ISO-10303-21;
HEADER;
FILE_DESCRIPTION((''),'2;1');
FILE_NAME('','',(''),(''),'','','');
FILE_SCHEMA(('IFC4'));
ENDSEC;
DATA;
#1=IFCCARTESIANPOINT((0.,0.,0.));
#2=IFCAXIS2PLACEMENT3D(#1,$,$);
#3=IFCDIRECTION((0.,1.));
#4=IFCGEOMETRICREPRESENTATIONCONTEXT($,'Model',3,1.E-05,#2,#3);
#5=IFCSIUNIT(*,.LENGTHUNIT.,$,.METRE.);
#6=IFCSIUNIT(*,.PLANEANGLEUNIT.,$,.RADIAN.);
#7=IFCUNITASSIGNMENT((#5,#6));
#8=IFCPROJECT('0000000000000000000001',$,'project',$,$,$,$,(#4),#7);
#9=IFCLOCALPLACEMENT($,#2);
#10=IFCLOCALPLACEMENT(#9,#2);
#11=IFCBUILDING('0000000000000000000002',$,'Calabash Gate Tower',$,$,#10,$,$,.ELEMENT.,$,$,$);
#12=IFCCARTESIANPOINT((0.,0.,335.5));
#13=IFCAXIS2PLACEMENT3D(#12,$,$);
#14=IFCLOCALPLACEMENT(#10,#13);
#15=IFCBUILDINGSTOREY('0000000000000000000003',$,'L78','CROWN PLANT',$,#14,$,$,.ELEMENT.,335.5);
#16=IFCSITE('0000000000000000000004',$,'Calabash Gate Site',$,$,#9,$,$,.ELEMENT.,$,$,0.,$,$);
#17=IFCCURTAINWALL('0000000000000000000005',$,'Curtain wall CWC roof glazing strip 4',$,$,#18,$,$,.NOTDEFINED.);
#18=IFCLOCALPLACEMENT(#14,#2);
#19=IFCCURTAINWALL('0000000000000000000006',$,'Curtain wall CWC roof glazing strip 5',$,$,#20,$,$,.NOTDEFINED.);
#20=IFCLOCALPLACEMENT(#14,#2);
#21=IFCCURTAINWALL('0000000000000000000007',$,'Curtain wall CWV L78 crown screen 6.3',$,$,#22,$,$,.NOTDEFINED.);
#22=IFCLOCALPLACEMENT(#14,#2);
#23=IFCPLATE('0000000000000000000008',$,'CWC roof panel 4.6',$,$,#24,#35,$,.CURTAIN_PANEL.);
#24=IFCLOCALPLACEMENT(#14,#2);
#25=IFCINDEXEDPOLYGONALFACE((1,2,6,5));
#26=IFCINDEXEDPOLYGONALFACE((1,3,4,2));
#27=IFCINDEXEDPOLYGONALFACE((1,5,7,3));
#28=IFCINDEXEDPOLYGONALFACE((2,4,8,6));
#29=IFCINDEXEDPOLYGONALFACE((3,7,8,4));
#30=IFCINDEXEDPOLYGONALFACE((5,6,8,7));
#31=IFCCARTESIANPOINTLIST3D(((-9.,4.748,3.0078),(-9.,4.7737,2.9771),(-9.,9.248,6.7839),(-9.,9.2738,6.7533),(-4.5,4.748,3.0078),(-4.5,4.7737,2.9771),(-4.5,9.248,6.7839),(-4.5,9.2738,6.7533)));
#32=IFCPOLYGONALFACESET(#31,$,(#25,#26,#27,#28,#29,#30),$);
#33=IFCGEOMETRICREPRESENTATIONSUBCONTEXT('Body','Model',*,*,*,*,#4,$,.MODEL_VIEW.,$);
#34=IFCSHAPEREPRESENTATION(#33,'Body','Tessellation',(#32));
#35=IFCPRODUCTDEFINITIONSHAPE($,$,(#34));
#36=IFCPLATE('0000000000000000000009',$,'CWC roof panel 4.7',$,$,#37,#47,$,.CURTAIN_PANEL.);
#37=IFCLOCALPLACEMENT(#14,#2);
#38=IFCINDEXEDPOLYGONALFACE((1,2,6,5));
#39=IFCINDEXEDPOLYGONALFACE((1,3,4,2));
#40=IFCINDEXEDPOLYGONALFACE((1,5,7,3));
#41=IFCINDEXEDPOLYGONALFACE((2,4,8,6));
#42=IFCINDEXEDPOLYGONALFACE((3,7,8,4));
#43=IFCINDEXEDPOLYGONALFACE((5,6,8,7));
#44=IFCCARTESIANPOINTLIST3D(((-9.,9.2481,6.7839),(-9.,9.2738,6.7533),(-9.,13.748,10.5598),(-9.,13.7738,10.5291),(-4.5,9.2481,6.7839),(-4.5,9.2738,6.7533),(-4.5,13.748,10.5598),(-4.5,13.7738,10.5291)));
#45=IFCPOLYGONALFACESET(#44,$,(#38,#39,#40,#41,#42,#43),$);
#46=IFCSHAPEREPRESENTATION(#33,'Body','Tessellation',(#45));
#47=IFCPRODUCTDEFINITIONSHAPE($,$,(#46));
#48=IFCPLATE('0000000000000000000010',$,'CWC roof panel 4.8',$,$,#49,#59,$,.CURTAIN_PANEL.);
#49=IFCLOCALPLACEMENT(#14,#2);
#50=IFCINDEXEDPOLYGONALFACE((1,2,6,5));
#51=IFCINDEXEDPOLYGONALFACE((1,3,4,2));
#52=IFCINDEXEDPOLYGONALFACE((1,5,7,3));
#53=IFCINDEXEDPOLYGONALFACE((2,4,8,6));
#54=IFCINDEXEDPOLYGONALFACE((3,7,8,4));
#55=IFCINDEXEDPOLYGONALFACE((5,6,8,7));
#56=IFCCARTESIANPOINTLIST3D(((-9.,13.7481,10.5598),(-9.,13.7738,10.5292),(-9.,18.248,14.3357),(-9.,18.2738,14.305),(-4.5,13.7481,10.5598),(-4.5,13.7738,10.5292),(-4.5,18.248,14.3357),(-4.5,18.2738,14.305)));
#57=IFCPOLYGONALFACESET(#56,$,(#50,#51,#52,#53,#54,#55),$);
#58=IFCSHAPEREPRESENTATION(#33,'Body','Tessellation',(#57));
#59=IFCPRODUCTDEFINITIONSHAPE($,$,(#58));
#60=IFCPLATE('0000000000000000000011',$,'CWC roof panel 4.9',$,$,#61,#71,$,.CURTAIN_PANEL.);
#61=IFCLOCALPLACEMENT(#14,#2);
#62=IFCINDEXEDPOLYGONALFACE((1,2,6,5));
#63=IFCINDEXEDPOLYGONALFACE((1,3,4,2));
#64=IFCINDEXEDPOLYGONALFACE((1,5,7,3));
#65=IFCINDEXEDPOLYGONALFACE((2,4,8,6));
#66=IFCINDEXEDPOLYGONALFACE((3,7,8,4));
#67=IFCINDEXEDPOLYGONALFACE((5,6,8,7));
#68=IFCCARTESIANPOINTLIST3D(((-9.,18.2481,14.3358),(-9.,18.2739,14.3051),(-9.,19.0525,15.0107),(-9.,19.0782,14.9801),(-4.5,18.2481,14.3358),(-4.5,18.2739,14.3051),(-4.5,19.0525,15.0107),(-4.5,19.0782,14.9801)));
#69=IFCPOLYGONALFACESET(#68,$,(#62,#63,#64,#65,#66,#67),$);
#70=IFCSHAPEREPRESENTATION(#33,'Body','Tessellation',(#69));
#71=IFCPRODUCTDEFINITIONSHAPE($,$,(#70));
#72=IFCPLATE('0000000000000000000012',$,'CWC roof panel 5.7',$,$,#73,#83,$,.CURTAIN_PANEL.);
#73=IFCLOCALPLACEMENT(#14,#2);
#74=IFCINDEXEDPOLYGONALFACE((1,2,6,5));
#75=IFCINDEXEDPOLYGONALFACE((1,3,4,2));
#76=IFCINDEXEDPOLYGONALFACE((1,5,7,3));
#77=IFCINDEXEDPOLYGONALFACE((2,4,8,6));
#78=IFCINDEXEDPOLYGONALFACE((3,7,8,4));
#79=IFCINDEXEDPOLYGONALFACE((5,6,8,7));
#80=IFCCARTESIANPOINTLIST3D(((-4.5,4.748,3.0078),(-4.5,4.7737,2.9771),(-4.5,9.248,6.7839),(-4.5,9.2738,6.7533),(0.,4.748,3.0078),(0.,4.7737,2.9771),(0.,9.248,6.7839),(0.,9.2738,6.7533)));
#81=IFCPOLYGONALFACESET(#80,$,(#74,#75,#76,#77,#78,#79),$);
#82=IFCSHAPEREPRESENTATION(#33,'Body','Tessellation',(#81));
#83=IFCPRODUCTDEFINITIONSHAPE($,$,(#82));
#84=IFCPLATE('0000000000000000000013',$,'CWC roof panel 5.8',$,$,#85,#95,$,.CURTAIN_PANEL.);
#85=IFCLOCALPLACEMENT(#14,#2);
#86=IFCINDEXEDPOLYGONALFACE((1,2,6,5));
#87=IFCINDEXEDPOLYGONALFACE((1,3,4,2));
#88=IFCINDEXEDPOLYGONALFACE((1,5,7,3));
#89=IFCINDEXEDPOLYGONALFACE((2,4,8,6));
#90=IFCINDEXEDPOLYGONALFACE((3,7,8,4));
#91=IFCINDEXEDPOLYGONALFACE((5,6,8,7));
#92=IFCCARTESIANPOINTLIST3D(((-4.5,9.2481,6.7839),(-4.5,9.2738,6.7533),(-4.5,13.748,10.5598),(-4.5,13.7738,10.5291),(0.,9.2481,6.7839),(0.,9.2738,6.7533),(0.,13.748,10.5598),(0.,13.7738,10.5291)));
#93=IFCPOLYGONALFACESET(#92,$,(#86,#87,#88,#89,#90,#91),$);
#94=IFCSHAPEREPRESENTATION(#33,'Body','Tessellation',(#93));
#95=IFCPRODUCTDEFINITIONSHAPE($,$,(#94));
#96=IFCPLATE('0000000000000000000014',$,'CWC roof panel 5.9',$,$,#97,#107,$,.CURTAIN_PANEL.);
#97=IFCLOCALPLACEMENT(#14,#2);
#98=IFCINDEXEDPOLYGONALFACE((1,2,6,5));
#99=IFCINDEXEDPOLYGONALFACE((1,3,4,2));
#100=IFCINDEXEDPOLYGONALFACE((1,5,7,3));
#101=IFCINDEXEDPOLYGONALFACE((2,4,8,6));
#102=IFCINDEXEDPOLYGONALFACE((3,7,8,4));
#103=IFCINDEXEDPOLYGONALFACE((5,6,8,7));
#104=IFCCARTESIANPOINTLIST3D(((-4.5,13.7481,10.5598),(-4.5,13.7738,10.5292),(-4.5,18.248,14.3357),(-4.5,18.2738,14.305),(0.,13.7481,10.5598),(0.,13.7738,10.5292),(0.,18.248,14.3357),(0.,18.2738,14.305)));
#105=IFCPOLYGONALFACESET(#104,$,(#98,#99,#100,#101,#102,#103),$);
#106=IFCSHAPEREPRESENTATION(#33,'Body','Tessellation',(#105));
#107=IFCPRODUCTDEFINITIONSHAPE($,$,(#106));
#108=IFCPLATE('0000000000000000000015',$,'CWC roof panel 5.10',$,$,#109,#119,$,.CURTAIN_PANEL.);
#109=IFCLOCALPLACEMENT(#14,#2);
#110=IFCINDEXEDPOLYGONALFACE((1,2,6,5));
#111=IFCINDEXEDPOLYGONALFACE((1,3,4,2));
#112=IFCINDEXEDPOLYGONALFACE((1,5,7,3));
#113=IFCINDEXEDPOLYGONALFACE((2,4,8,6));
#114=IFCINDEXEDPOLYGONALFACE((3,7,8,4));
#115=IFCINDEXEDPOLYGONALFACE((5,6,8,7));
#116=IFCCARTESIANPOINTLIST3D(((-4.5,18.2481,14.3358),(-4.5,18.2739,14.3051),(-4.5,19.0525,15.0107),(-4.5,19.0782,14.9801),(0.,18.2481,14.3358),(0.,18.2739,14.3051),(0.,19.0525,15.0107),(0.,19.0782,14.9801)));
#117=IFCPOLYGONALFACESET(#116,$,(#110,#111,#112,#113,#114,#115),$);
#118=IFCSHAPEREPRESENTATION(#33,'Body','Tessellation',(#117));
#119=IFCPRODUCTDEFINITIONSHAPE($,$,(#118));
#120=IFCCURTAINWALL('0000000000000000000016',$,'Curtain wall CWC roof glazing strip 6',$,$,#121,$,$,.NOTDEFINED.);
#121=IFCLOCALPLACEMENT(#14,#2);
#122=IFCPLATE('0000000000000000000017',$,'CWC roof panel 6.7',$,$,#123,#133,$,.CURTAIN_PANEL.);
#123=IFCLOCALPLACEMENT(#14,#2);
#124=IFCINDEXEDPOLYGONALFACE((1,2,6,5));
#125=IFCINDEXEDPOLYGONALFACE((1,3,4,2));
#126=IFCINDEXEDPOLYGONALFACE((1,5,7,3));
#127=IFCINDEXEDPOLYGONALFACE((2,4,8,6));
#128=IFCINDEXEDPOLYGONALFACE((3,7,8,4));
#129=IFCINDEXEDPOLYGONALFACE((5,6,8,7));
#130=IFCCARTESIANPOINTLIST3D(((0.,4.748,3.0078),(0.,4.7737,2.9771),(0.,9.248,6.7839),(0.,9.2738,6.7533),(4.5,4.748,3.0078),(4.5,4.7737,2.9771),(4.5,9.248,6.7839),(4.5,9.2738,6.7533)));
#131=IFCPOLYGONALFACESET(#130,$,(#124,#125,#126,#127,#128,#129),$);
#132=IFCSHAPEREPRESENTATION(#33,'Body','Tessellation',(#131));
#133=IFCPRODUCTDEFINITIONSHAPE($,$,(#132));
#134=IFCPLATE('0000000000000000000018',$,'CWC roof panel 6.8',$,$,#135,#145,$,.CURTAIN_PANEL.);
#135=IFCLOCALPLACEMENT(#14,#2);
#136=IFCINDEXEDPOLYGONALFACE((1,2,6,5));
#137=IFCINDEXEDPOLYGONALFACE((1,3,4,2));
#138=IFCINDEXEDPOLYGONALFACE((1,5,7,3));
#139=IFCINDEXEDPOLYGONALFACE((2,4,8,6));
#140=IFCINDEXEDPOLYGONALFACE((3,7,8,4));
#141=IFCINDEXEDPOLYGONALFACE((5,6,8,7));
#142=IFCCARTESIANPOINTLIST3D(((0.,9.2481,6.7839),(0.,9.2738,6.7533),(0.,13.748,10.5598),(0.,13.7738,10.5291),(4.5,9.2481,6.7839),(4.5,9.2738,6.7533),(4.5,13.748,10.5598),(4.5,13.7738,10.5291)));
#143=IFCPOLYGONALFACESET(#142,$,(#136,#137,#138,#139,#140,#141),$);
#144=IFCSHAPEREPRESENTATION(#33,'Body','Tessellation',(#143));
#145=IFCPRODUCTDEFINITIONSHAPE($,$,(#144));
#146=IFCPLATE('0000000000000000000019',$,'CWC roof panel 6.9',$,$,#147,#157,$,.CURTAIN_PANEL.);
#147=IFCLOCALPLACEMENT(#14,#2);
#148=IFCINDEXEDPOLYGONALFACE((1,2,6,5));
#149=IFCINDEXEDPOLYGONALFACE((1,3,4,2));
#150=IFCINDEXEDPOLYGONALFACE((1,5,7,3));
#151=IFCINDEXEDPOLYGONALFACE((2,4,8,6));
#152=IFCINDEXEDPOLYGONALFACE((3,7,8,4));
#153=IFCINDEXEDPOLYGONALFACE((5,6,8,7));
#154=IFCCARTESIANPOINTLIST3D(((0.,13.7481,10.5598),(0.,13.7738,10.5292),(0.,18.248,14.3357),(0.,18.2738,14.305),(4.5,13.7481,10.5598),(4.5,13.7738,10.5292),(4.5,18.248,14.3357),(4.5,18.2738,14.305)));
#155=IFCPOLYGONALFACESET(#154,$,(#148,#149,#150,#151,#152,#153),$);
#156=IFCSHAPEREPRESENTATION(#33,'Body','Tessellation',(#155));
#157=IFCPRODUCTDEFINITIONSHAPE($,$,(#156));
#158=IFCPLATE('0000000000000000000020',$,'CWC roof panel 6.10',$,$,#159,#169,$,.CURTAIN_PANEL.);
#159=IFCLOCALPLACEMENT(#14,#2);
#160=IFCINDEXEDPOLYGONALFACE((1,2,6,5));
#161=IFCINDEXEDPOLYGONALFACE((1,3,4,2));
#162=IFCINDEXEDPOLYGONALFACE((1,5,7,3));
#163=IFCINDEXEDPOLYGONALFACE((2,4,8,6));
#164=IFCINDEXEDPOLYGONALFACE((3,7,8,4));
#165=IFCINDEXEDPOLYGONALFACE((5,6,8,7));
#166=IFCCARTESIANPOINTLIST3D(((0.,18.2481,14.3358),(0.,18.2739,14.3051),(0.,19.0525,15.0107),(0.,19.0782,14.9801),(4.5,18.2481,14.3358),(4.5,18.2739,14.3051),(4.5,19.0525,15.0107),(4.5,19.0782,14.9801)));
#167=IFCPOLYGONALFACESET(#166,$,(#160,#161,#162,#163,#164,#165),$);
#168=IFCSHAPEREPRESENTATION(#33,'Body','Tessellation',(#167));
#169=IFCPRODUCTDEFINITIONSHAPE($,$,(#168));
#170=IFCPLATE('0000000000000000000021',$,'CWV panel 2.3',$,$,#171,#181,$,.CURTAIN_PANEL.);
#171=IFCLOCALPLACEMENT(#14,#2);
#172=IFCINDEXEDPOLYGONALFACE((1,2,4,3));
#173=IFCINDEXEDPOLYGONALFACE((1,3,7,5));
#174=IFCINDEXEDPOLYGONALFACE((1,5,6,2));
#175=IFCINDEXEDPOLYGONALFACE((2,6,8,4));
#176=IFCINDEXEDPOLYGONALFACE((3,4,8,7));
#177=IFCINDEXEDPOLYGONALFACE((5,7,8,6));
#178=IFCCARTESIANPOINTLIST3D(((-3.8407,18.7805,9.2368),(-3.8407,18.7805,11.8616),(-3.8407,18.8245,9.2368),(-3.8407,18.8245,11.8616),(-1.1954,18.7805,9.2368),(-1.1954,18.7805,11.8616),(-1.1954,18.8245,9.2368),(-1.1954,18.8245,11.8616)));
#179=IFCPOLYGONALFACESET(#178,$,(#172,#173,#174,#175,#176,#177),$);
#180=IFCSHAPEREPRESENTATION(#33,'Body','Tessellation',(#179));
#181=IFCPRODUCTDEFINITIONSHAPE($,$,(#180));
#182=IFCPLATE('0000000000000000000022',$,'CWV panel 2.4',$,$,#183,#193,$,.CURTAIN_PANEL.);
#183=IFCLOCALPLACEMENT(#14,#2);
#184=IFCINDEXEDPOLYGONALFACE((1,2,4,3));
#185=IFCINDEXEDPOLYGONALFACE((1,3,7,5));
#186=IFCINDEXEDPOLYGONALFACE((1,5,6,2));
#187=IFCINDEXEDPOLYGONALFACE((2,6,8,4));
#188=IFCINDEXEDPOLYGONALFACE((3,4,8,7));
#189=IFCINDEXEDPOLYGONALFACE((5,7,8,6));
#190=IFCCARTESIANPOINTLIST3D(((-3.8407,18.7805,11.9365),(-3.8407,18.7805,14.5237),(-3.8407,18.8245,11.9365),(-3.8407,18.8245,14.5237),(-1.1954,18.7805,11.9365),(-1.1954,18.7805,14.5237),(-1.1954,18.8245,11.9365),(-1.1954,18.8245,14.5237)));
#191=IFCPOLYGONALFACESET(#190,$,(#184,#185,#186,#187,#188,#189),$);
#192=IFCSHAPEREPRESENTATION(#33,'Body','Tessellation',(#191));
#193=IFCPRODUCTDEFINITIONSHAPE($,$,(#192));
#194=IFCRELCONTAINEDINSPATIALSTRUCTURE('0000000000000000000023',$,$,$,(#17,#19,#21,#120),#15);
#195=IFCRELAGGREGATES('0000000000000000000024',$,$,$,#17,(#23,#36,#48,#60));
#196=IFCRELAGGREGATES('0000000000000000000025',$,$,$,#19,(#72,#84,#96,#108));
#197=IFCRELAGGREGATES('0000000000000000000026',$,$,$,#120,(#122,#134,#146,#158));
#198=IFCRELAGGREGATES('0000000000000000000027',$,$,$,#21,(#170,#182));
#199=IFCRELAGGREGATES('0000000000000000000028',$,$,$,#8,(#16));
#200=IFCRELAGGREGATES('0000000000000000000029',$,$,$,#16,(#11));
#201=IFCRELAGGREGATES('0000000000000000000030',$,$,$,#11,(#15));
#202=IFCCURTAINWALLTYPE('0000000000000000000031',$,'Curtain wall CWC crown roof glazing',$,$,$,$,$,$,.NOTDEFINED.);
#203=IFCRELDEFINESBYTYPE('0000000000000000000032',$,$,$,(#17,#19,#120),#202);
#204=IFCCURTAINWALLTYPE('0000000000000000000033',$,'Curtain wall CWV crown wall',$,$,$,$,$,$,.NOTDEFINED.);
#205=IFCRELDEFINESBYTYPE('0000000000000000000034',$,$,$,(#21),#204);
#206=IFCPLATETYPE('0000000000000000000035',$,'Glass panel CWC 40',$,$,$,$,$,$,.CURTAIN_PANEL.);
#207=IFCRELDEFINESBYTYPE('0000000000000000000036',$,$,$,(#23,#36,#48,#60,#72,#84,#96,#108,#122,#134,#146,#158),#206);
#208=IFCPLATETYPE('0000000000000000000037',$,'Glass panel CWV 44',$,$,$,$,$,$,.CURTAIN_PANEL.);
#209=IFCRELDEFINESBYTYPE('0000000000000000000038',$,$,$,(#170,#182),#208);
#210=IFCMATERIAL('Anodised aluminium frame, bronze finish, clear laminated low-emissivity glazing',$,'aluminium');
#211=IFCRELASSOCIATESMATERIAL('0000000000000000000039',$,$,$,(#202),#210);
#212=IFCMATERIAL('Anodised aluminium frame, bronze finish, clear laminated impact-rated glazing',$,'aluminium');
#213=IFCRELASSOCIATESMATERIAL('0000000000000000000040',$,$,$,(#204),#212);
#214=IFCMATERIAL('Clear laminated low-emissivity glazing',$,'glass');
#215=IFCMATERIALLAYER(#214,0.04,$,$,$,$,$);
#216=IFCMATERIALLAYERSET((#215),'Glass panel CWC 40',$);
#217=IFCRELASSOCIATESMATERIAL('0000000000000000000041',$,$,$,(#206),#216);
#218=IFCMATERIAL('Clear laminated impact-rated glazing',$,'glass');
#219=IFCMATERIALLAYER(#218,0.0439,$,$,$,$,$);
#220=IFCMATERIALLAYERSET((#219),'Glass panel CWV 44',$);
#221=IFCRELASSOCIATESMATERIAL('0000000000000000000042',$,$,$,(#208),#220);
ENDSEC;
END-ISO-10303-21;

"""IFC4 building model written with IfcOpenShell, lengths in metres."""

from ifc_helpers import new_model, si_unit, direction, frame, origin, origin_2d, place, context, subcontext, project, spatial, polyline, rectangle, outline, extrude, material, layer, layer_set, type_object, element, aggregate, save


model = new_model("IFC4")

# Units and contexts
model_context = context("Model", 3, precision=1e-05, world=origin(), true_north=direction((0.0, 1.0)))
body_context = subcontext(model_context, "Body", "Model", "MODEL_VIEW")
ifc_project = project(units=[si_unit("LENGTHUNIT", "METRE"), si_unit("PLANEANGLEUNIT", "RADIAN")], contexts=[model_context])

# Site, building, storey
site_placement = place(None, origin())
site = spatial("IfcSite", under=ifc_project, at=site_placement, Name="Calabash Gate Site", CompositionType="ELEMENT", RefElevation=0.0)
building_placement = place(site_placement, origin())
building = spatial("IfcBuilding", under=site, at=building_placement, Name="Calabash Gate Tower", CompositionType="ELEMENT")
storey_placement = place(building_placement, frame((0.0, 0.0, 335.5)))
storey = spatial("IfcBuildingStorey", under=building, at=storey_placement, Name="L78", Description="CROWN PLANT", CompositionType="ELEMENT", Elevation=335.5)

# Curtain walls
ifc_material_1 = material(Name="Anodised aluminium frame, bronze finish, clear laminated low-emissivity glazing", Category="aluminium")
curtain_wall_type_1 = type_object("IfcCurtainWallType", Name="Curtain wall CWC crown roof glazing", PredefinedType="NOTDEFINED", material=ifc_material_1)
curtain_wall_1_placement = place(storey_placement, origin())
curtain_wall_1 = element("IfcCurtainWall", 1, at=curtain_wall_1_placement, inside=storey, type_object=curtain_wall_type_1, Name="Curtain wall CWC roof glazing strip 4", PredefinedType="NOTDEFINED")
curtain_wall_2_placement = place(storey_placement, origin())
curtain_wall_2 = element("IfcCurtainWall", 2, at=curtain_wall_2_placement, inside=storey, type_object=curtain_wall_type_1, Name="Curtain wall CWC roof glazing strip 5", PredefinedType="NOTDEFINED")
ifc_material_2 = material(Name="Anodised aluminium frame, bronze finish, clear laminated impact-rated glazing", Category="aluminium")
curtain_wall_type_2 = type_object("IfcCurtainWallType", Name="Curtain wall CWV crown wall", PredefinedType="NOTDEFINED", material=ifc_material_2)
curtain_wall_3_placement = place(storey_placement, origin())
curtain_wall_3 = element("IfcCurtainWall", 3, at=curtain_wall_3_placement, inside=storey, type_object=curtain_wall_type_2, Name="Curtain wall CWV L78 crown screen 6.3", PredefinedType="NOTDEFINED")

# Plates
ifc_material_3 = material(Name="Clear laminated low-emissivity glazing", Category="glass")
ifc_layer_1 = layer(ifc_material_3, 0.04)
ifc_layer_set_1 = layer_set([ifc_layer_1], Name="Glass panel CWC 40")
plate_type_1 = type_object("IfcPlateType", Name="Glass panel CWC 40", PredefinedType="CURTAIN_PANEL", material=ifc_layer_set_1)
plate_1_placement = place(storey_placement, frame((-9.0, 9.248, 6.7839), z_axis=(0.0, -0.642805, 0.76603), x_axis=(1.0, 0.0, 0.0)))
plate_1 = element("IfcPlate", 4, at=plate_1_placement, type_object=plate_type_1, Name="CWC roof panel 4.6", PredefinedType="CURTAIN_PANEL", context=body_context, shape_type="SweptSolid", body=[
    extrude(outline(polyline([(0.0, 0.0), (4.5, 0.0), (4.5, -5.8745), (0.0, -5.8745), (0.0, 0.0)])), origin(), (0.0, 0.0, -1.0), 0.04),
])
plate_2_placement = place(storey_placement, frame((-9.0, 13.748, 10.5598), z_axis=(0.0, -0.642781, 0.76605), x_axis=(1.0, 0.0, 0.0)))
plate_2 = element("IfcPlate", 5, at=plate_2_placement, type_object=plate_type_1, Name="CWC roof panel 4.7", PredefinedType="CURTAIN_PANEL", context=body_context, shape_type="SweptSolid", body=[
    extrude(outline(polyline([(0.0, 0.0), (4.5, 0.0), (4.5, -5.8743), (0.0, -5.8743), (0.0, 0.0)])), origin(), (0.0, 0.0, -1.0), 0.04),
])
plate_3_placement = place(storey_placement, frame((-9.0, 18.248, 14.3357), z_axis=(0.0, -0.642781, 0.76605), x_axis=(1.0, 0.0, 0.0)))
plate_3 = element("IfcPlate", 6, at=plate_3_placement, type_object=plate_type_1, Name="CWC roof panel 4.8", PredefinedType="CURTAIN_PANEL", context=body_context, shape_type="SweptSolid", body=[
    extrude(outline(polyline([(0.0, 0.0), (4.5, 0.0), (4.5, -5.8743), (0.0, -5.8743), (0.0, 0.0)])), origin(), (0.0, 0.0, -1.0), 0.04),
])
plate_4_placement = place(storey_placement, frame((-9.0, 19.0525, 15.0107), z_axis=(0.0, -0.64281, 0.766025), x_axis=(1.0, 0.0, 0.0)))
plate_4 = element("IfcPlate", 7, at=plate_4_placement, type_object=plate_type_1, Name="CWC roof panel 4.9", PredefinedType="CURTAIN_PANEL", context=body_context, shape_type="SweptSolid", body=[
    extrude(outline(polyline([(0.0, 0.0), (4.5, 0.0), (4.5, -1.05), (0.0, -1.05), (0.0, 0.0)])), origin(), (0.0, 0.0, -1.0), 0.04),
])
aggregate(curtain_wall_1, [plate_1, plate_2, plate_3, plate_4])
plate_5_placement = place(storey_placement, frame((-4.5, 9.248, 6.7839), z_axis=(0.0, -0.642805, 0.76603), x_axis=(1.0, 0.0, 0.0)))
plate_5 = element("IfcPlate", 8, at=plate_5_placement, type_object=plate_type_1, Name="CWC roof panel 5.7", PredefinedType="CURTAIN_PANEL", context=body_context, shape_type="SweptSolid", body=[
    extrude(outline(polyline([(0.0, 0.0), (4.5, 0.0), (4.5, -5.8745), (0.0, -5.8745), (0.0, 0.0)])), origin(), (0.0, 0.0, -1.0), 0.04),
])
plate_6_placement = place(storey_placement, frame((-4.5, 13.748, 10.5598), z_axis=(0.0, -0.642781, 0.76605), x_axis=(1.0, 0.0, 0.0)))
plate_6 = element("IfcPlate", 9, at=plate_6_placement, type_object=plate_type_1, Name="CWC roof panel 5.8", PredefinedType="CURTAIN_PANEL", context=body_context, shape_type="SweptSolid", body=[
    extrude(outline(polyline([(0.0, 0.0), (4.5, 0.0), (4.5, -5.8743), (0.0, -5.8743), (0.0, 0.0)])), origin(), (0.0, 0.0, -1.0), 0.04),
])
plate_7_placement = place(storey_placement, frame((-4.5, 18.248, 14.3357), z_axis=(0.0, -0.642781, 0.76605), x_axis=(1.0, 0.0, 0.0)))
plate_7 = element("IfcPlate", 10, at=plate_7_placement, type_object=plate_type_1, Name="CWC roof panel 5.9", PredefinedType="CURTAIN_PANEL", context=body_context, shape_type="SweptSolid", body=[
    extrude(outline(polyline([(0.0, 0.0), (4.5, 0.0), (4.5, -5.8743), (0.0, -5.8743), (0.0, 0.0)])), origin(), (0.0, 0.0, -1.0), 0.04),
])
plate_8_placement = place(storey_placement, frame((-4.5, 19.0525, 15.0107), z_axis=(0.0, -0.64281, 0.766025), x_axis=(1.0, 0.0, 0.0)))
plate_8 = element("IfcPlate", 11, at=plate_8_placement, type_object=plate_type_1, Name="CWC roof panel 5.10", PredefinedType="CURTAIN_PANEL", context=body_context, shape_type="SweptSolid", body=[
    extrude(outline(polyline([(0.0, 0.0), (4.5, 0.0), (4.5, -1.05), (0.0, -1.05), (0.0, 0.0)])), origin(), (0.0, 0.0, -1.0), 0.04),
])
aggregate(curtain_wall_2, [plate_5, plate_6, plate_7, plate_8])

# Curtain wall, plates
curtain_wall_4_placement = place(storey_placement, origin())
curtain_wall_4 = element("IfcCurtainWall", 12, at=curtain_wall_4_placement, inside=storey, type_object=curtain_wall_type_1, Name="Curtain wall CWC roof glazing strip 6", PredefinedType="NOTDEFINED")
plate_9_placement = place(storey_placement, frame((0.0, 9.248, 6.7839), z_axis=(0.0, -0.642805, 0.76603), x_axis=(1.0, 0.0, 0.0)))
plate_9 = element("IfcPlate", 13, at=plate_9_placement, type_object=plate_type_1, Name="CWC roof panel 6.7", PredefinedType="CURTAIN_PANEL", context=body_context, shape_type="SweptSolid", body=[
    extrude(outline(polyline([(0.0, 0.0), (4.5, 0.0), (4.5, -5.8745), (0.0, -5.8745), (0.0, 0.0)])), origin(), (0.0, 0.0, -1.0), 0.04),
])
plate_10_placement = place(storey_placement, frame((0.0, 13.748, 10.5598), z_axis=(0.0, -0.642781, 0.76605), x_axis=(1.0, 0.0, 0.0)))
plate_10 = element("IfcPlate", 14, at=plate_10_placement, type_object=plate_type_1, Name="CWC roof panel 6.8", PredefinedType="CURTAIN_PANEL", context=body_context, shape_type="SweptSolid", body=[
    extrude(outline(polyline([(0.0, 0.0), (4.5, 0.0), (4.5, -5.8743), (0.0, -5.8743), (0.0, 0.0)])), origin(), (0.0, 0.0, -1.0), 0.04),
])
plate_11_placement = place(storey_placement, frame((0.0, 18.248, 14.3357), z_axis=(0.0, -0.642781, 0.76605), x_axis=(1.0, 0.0, 0.0)))
plate_11 = element("IfcPlate", 15, at=plate_11_placement, type_object=plate_type_1, Name="CWC roof panel 6.9", PredefinedType="CURTAIN_PANEL", context=body_context, shape_type="SweptSolid", body=[
    extrude(outline(polyline([(0.0, 0.0), (4.5, 0.0), (4.5, -5.8743), (0.0, -5.8743), (0.0, 0.0)])), origin(), (0.0, 0.0, -1.0), 0.04),
])
plate_12_placement = place(storey_placement, frame((0.0, 19.0525, 15.0107), z_axis=(0.0, -0.64281, 0.766025), x_axis=(1.0, 0.0, 0.0)))
plate_12 = element("IfcPlate", 16, at=plate_12_placement, type_object=plate_type_1, Name="CWC roof panel 6.10", PredefinedType="CURTAIN_PANEL", context=body_context, shape_type="SweptSolid", body=[
    extrude(outline(polyline([(0.0, 0.0), (4.5, 0.0), (4.5, -1.05), (0.0, -1.05), (0.0, 0.0)])), origin(), (0.0, 0.0, -1.0), 0.04),
])
aggregate(curtain_wall_4, [plate_9, plate_10, plate_11, plate_12])

# Plates
ifc_material_4 = material(Name="Clear laminated impact-rated glazing", Category="glass")
ifc_layer_2 = layer(ifc_material_4, 0.0439)
ifc_layer_set_2 = layer_set([ifc_layer_2], Name="Glass panel CWV 44")
plate_type_2 = type_object("IfcPlateType", Name="Glass panel CWV 44", PredefinedType="CURTAIN_PANEL", material=ifc_layer_set_2)
plate_13_placement = place(storey_placement, frame((-2.5181, 18.8025, 9.2368), z_axis=(0.0, 0.0, 1.0), x_axis=(-1.0, 0.0, 0.0)))
plate_13 = element("IfcPlate", 17, at=plate_13_placement, type_object=plate_type_2, Name="CWV panel 2.3", PredefinedType="CURTAIN_PANEL", context=body_context, shape_type="SweptSolid", body=[
    extrude(rectangle(XDim=2.6453, YDim=0.0439, at=origin_2d()), origin(), (0.0, 0.0, 1.0), 2.6248),
])
plate_14_placement = place(storey_placement, frame((-2.5181, 18.8025, 11.9365), z_axis=(0.0, 0.0, 1.0), x_axis=(-1.0, 0.0, 0.0)))
plate_14 = element("IfcPlate", 18, at=plate_14_placement, type_object=plate_type_2, Name="CWV panel 2.4", PredefinedType="CURTAIN_PANEL", context=body_context, shape_type="SweptSolid", body=[
    extrude(rectangle(XDim=2.6453, YDim=0.0439, at=origin_2d()), origin(), (0.0, 0.0, 1.0), 2.5872),
])
aggregate(curtain_wall_3, [plate_13, plate_14])

save(model, "model.ifc")
